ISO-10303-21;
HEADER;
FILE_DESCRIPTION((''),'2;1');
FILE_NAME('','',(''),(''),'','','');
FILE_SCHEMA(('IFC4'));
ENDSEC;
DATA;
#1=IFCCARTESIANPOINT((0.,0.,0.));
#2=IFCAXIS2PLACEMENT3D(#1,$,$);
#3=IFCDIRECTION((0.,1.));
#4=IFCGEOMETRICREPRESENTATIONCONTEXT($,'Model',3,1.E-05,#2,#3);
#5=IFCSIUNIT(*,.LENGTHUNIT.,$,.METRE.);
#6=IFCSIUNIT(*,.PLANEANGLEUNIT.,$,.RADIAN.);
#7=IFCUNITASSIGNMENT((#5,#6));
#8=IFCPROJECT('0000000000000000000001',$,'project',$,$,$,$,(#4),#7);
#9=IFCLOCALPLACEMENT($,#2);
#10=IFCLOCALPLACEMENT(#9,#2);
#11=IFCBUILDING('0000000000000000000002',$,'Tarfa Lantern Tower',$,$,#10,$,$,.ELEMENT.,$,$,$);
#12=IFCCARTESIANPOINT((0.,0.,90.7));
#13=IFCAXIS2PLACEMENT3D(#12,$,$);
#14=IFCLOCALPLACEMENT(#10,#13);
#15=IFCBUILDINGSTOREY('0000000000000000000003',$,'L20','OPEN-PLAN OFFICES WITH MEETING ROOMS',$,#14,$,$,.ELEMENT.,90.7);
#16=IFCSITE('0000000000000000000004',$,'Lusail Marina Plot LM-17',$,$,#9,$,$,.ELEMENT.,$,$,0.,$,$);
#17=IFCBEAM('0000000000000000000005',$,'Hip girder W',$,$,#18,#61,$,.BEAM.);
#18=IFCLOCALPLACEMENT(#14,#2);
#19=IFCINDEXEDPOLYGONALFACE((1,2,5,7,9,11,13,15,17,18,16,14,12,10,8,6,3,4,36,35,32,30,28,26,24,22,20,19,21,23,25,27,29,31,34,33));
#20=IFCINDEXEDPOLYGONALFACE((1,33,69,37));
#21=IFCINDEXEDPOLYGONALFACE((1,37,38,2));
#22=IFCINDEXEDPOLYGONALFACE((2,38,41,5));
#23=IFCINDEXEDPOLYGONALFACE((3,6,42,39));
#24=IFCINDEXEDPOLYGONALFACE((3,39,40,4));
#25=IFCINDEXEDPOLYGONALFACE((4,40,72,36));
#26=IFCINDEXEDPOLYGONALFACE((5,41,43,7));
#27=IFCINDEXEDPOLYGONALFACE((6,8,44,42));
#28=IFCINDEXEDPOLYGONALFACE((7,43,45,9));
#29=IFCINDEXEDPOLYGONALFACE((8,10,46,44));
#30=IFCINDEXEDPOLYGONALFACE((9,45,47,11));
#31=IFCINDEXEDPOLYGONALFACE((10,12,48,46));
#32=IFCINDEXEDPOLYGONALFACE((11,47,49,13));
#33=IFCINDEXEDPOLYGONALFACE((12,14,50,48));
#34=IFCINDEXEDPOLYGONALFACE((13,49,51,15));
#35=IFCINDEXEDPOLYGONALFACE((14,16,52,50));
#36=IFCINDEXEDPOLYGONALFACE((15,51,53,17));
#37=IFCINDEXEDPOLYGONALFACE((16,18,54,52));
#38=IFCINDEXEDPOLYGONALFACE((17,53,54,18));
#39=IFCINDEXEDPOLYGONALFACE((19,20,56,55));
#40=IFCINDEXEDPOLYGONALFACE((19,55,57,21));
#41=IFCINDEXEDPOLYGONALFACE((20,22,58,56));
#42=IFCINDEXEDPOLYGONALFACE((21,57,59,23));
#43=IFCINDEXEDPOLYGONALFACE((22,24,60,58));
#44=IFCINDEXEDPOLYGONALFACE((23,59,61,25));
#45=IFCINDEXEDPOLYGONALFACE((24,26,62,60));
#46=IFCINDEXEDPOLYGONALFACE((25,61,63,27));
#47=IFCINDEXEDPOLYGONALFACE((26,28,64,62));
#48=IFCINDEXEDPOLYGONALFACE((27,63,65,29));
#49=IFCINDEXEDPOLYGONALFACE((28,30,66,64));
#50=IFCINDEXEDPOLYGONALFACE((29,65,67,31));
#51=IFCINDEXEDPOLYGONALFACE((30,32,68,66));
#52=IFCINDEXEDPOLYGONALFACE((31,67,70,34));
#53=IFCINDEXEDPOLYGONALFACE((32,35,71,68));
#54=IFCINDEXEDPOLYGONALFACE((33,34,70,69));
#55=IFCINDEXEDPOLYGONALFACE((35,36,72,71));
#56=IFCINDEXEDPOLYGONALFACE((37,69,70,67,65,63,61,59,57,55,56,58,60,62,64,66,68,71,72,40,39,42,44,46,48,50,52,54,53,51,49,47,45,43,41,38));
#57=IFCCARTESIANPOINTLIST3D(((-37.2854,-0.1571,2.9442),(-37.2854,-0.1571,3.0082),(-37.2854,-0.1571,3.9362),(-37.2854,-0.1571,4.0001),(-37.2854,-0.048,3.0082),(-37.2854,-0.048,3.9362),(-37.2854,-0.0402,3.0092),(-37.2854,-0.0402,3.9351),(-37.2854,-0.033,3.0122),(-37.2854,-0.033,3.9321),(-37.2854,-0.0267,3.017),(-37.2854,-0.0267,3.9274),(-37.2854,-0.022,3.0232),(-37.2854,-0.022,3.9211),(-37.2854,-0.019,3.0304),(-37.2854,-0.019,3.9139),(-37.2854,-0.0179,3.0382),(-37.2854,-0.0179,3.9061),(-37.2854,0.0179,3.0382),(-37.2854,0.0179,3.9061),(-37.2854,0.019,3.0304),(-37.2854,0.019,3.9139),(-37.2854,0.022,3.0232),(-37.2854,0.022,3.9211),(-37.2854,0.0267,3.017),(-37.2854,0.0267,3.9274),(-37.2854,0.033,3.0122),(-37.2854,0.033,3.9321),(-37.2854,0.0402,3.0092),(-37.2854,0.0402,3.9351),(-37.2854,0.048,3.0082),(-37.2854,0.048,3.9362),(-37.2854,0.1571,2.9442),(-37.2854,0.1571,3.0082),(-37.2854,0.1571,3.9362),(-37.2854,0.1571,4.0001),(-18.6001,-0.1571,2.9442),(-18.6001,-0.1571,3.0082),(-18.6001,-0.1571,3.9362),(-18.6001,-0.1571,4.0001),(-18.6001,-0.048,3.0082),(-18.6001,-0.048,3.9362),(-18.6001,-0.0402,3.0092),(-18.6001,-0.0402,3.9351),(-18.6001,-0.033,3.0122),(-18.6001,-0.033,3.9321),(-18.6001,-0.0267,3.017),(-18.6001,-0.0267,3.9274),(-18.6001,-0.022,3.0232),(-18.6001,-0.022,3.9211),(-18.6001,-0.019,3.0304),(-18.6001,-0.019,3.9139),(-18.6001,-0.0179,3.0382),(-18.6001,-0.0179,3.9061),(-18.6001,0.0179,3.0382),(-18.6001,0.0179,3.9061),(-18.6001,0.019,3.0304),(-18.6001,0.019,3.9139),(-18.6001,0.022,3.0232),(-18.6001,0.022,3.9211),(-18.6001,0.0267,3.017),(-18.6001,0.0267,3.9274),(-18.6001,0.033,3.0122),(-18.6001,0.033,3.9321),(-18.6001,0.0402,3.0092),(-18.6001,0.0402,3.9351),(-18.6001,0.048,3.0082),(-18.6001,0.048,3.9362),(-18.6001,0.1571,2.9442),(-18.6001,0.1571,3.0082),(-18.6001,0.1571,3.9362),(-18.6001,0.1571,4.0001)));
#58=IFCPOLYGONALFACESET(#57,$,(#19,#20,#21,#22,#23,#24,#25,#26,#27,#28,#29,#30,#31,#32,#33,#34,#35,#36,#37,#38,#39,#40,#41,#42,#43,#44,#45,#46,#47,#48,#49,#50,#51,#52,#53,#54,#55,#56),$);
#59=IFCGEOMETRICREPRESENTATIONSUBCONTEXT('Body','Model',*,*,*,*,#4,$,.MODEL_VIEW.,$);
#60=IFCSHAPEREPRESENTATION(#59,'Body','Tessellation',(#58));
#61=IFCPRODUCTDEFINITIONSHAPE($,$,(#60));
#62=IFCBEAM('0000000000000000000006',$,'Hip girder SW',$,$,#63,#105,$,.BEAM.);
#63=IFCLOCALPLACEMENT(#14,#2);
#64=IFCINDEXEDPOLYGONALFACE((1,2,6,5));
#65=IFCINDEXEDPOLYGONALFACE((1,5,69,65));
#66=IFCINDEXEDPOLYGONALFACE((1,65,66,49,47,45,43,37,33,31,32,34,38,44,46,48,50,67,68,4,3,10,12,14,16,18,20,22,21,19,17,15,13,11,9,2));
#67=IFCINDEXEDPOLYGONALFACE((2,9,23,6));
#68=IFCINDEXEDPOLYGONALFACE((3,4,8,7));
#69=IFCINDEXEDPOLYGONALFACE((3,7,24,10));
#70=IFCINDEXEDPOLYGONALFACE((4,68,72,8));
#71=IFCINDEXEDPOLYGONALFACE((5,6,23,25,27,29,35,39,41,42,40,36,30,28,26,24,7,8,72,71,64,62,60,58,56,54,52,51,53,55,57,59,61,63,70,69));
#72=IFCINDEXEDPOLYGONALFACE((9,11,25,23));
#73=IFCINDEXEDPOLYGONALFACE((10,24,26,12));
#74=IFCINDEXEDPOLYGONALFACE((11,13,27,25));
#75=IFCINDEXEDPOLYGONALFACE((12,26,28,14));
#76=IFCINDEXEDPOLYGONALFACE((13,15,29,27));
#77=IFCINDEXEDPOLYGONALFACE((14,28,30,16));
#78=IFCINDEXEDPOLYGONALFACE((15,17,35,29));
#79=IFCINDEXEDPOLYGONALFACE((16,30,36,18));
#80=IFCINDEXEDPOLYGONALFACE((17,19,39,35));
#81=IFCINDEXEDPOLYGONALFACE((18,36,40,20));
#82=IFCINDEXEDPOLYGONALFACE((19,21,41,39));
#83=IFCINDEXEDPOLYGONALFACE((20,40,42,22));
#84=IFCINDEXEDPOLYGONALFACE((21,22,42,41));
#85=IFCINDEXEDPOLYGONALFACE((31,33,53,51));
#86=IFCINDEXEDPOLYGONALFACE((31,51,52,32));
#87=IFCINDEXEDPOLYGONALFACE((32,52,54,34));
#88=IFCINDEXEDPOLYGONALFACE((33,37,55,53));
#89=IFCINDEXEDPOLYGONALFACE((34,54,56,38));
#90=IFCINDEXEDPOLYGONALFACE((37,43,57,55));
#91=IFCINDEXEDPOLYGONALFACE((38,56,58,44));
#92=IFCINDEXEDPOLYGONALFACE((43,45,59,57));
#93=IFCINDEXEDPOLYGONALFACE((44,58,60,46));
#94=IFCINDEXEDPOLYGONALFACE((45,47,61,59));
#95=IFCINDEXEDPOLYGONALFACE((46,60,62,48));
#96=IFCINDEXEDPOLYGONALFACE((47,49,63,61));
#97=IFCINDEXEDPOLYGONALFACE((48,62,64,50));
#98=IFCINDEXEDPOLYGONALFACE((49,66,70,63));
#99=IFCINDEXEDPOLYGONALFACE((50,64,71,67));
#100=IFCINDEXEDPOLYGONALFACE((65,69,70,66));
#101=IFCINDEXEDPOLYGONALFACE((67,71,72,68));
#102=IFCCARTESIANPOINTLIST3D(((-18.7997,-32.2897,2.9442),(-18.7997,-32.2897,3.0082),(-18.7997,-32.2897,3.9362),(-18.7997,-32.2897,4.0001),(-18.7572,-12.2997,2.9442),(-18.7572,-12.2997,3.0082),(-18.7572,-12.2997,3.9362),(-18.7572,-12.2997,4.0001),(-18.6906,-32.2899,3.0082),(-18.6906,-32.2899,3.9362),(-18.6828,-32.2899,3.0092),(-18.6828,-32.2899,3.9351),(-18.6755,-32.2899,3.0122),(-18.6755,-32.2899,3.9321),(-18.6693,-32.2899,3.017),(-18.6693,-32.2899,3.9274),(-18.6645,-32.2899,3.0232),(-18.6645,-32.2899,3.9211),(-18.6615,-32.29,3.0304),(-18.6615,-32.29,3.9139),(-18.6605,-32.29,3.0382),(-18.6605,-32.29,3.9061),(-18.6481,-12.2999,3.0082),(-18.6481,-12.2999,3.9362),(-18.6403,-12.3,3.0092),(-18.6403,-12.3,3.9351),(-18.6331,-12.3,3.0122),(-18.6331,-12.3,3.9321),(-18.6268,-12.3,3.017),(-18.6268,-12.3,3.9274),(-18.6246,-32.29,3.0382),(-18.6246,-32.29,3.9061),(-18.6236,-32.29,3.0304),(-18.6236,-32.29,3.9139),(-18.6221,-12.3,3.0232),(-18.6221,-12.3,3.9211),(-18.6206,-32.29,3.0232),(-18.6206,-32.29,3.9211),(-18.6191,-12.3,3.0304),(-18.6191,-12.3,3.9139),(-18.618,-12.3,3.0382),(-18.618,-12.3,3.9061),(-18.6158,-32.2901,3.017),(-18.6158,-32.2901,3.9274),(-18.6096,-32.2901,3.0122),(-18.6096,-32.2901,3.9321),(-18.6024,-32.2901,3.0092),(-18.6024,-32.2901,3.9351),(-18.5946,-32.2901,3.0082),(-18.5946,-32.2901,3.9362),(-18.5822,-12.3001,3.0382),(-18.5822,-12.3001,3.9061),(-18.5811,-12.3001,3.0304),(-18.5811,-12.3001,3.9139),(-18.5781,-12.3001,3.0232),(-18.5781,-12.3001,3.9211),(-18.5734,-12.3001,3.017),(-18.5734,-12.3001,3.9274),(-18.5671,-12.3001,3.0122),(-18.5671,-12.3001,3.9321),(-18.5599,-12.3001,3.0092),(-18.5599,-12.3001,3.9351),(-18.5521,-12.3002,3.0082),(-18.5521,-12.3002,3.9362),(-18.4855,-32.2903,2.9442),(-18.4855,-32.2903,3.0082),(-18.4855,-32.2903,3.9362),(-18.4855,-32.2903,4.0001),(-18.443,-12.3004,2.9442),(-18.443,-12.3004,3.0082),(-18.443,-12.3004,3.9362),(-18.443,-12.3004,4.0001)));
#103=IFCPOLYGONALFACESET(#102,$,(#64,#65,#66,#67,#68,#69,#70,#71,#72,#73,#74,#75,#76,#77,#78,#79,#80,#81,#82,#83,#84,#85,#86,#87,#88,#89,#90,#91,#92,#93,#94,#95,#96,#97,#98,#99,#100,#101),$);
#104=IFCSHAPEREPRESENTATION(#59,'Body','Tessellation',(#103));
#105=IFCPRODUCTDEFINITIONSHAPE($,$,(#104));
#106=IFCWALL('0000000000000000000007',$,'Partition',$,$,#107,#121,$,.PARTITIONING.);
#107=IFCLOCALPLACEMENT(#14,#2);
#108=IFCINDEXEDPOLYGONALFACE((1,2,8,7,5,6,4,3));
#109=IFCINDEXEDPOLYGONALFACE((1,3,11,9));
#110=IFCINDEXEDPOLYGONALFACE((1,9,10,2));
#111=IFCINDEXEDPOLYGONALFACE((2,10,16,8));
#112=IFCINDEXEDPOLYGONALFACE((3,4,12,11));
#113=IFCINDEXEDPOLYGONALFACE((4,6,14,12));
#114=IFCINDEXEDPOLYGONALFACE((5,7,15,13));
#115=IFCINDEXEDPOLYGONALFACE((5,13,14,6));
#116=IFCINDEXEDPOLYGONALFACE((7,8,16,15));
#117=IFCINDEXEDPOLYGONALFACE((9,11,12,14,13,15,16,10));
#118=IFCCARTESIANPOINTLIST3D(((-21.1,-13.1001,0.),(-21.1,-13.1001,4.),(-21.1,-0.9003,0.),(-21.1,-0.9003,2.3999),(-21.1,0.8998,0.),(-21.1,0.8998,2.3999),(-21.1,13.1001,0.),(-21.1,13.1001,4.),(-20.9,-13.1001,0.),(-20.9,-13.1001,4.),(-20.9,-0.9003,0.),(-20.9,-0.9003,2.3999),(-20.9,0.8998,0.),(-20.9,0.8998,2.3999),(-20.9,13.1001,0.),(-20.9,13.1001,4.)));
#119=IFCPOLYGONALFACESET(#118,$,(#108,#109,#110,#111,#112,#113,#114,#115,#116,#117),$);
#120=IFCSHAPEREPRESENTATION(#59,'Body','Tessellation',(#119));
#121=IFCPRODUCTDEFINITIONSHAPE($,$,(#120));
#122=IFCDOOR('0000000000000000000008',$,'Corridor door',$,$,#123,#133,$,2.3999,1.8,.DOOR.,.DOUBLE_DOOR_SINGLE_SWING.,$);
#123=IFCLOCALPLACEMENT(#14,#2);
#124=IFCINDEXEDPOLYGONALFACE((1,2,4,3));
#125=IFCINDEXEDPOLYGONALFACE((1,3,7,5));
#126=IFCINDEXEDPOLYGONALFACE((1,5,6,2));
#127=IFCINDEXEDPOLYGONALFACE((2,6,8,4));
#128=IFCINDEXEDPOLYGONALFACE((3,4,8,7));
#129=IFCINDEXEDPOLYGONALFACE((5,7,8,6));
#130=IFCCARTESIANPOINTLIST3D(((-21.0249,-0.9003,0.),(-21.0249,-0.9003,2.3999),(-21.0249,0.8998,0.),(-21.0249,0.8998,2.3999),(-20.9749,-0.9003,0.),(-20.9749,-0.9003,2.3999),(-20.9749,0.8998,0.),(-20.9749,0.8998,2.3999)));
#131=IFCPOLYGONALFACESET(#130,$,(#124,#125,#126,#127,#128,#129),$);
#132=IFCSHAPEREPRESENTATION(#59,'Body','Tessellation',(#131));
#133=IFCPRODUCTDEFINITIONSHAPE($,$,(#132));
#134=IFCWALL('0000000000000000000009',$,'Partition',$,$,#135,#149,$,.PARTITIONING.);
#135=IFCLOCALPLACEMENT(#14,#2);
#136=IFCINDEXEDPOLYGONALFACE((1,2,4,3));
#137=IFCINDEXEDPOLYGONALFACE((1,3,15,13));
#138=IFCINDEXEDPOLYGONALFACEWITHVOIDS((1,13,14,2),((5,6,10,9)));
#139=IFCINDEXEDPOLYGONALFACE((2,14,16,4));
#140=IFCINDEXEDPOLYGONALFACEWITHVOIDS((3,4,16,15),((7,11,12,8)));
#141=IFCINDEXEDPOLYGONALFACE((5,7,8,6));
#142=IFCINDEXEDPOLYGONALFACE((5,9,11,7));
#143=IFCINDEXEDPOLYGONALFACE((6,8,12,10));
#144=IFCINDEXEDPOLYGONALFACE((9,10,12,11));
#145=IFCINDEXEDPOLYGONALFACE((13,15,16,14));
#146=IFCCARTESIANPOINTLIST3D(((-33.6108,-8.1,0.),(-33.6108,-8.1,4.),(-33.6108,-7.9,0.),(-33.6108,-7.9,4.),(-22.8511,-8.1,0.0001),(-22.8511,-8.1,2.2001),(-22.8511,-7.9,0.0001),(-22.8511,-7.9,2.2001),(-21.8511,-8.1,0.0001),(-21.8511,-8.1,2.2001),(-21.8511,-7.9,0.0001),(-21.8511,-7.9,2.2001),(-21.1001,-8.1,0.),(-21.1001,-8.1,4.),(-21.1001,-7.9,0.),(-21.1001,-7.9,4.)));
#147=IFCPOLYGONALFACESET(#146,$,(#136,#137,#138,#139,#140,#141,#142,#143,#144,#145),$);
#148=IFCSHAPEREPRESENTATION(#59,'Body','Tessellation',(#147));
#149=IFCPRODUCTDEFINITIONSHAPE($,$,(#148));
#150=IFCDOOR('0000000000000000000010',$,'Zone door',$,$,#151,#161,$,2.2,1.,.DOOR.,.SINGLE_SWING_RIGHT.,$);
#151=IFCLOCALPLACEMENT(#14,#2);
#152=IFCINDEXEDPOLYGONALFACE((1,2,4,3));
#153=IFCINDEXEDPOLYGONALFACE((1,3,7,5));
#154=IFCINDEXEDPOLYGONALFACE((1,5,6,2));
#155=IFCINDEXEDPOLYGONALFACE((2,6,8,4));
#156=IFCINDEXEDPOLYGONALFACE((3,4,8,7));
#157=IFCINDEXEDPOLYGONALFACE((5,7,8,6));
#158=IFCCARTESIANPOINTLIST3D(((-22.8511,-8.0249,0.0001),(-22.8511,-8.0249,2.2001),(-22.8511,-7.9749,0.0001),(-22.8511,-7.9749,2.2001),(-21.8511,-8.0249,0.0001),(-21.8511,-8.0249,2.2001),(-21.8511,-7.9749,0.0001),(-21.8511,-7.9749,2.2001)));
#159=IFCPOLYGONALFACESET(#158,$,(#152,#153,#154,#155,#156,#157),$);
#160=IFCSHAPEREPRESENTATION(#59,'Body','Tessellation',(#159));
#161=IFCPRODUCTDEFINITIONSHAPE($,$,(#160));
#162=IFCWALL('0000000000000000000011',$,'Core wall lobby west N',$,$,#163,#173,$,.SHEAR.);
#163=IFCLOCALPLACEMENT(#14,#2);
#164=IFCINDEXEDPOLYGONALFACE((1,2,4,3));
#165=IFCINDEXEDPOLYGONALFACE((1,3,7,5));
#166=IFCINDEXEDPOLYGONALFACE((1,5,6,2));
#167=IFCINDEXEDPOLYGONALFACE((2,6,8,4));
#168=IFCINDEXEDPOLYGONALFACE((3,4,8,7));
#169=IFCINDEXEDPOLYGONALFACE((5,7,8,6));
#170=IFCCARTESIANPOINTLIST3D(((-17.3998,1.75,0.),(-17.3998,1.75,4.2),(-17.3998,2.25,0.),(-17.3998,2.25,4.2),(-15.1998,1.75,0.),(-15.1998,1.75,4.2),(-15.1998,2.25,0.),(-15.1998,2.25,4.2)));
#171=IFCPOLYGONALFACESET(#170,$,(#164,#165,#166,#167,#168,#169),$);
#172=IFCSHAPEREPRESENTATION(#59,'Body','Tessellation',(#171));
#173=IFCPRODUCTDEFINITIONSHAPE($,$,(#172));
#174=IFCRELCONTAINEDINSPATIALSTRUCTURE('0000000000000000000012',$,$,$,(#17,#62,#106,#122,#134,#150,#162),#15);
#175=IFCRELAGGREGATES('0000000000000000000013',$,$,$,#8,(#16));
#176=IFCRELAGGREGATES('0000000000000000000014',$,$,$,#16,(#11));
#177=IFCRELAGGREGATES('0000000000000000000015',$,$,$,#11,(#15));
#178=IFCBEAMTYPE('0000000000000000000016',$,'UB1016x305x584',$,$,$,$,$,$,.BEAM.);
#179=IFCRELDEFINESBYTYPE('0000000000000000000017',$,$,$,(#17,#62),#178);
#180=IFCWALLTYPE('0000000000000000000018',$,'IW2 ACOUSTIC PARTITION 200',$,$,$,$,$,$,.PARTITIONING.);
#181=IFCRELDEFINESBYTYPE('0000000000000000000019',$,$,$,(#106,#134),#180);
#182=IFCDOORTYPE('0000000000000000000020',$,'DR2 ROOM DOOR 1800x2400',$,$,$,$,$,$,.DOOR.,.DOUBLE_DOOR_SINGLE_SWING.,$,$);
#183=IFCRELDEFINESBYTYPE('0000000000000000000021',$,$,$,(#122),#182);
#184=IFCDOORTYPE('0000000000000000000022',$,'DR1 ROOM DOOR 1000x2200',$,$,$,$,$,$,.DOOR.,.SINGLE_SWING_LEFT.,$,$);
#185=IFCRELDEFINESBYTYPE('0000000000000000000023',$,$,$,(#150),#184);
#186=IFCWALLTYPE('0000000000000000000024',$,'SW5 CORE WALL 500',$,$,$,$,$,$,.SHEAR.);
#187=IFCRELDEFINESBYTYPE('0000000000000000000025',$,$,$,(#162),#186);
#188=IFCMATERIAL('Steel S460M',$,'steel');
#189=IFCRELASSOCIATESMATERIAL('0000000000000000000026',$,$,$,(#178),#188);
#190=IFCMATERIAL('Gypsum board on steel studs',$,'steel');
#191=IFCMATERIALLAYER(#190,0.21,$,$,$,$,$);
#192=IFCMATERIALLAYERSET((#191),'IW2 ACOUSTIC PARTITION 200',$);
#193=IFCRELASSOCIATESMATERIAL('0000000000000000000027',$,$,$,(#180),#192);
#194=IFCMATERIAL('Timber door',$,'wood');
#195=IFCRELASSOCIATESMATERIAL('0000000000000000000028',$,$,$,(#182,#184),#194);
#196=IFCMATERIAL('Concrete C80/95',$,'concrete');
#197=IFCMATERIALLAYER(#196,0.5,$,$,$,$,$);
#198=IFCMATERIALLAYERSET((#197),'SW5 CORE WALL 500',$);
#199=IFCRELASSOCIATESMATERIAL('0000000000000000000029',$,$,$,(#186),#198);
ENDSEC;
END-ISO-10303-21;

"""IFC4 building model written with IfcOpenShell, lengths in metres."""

from ifc_helpers import new_model, si_unit, direction, frame, frame_2d, origin, origin_2d, place, context, subcontext, project, spatial, rectangle, i_section, extrude, material, layer, layer_set, material_profile, profile_set, type_object, element, fill, save


model = new_model("IFC4")

# Units and contexts
model_context = context("Model", 3, precision=1e-05, world=origin(), true_north=direction((0.0, 1.0)))
body_context = subcontext(model_context, "Body", "Model", "MODEL_VIEW")
ifc_project = project(units=[si_unit("LENGTHUNIT", "METRE"), si_unit("PLANEANGLEUNIT", "RADIAN")], contexts=[model_context])

# Site, building, storey
site_placement = place(None, origin())
site = spatial("IfcSite", under=ifc_project, at=site_placement, Name="Lusail Marina Plot LM-17", CompositionType="ELEMENT", RefElevation=0.0)
building_placement = place(site_placement, origin())
building = spatial("IfcBuilding", under=site, at=building_placement, Name="Tarfa Lantern Tower", CompositionType="ELEMENT")
storey_placement = place(building_placement, frame((0.0, 0.0, 90.7)))
storey = spatial("IfcBuildingStorey", under=building, at=storey_placement, Name="L20", Description="OPEN-PLAN OFFICES WITH MEETING ROOMS", CompositionType="ELEMENT", Elevation=90.7)

# Beams
ifc_material_1 = material(Name="Steel S460M", Category="steel")
ifc_material_profile = material_profile(ifc_material_1, i_section(OverallWidth=0.3142, OverallDepth=1.0559, WebThickness=0.0359, FlangeThickness=0.064, FilletRadius=0.03, at=origin_2d()), Name="UB1016x305x584")
ifc_profile_set = profile_set([ifc_material_profile], Name="Steel S460M")
beam_type = type_object("IfcBeamType", Name="UB1016x305x584", PredefinedType="BEAM", material=ifc_profile_set)
beam_1_placement = place(storey_placement, frame((-18.6001, 0.0, 3.4722), z_axis=(-1.0, 0.0, 0.0), x_axis=(0.0, -1.0, 0.0)))
element("IfcBeam", 1, at=beam_1_placement, inside=storey, type_object=beam_type, Name="Hip girder W", PredefinedType="BEAM", context=body_context, shape_type="SweptSolid", body=[
    extrude(i_section(OverallWidth=0.3142, OverallDepth=1.0559, WebThickness=0.0359, FlangeThickness=0.064, FilletRadius=0.03, at=origin_2d()), origin(), (0.0, 0.0, 1.0), 18.6853),
])
beam_2_placement = place(storey_placement, frame((-18.6001, -12.3, 3.4722), z_axis=(-0.002125, -0.999998, 0.0), x_axis=(0.999998, -0.002125, 0.0)))
element("IfcBeam", 2, at=beam_2_placement, inside=storey, type_object=beam_type, Name="Hip girder SW", PredefinedType="BEAM", context=body_context, shape_type="SweptSolid", body=[
    extrude(i_section(OverallWidth=0.3142, OverallDepth=1.0559, WebThickness=0.0359, FlangeThickness=0.064, FilletRadius=0.03, at=origin_2d()), origin(), (0.0, 0.0, 1.0), 19.99),
])

# Walls, openings, doors
ifc_material_2 = material(Name="Gypsum board on steel studs", Category="steel")
ifc_layer_1 = layer(ifc_material_2, 0.21)
ifc_layer_set_1 = layer_set([ifc_layer_1], Name="IW2 ACOUSTIC PARTITION 200")
wall_type_1 = type_object("IfcWallType", Name="IW2 ACOUSTIC PARTITION 200", PredefinedType="PARTITIONING", material=ifc_layer_set_1)
wall_1_placement = place(storey_placement, frame((-21.0, -13.1001, 0.0), z_axis=(0.0, 0.0, 1.0), x_axis=(0.0, 1.0, 0.0)))
wall_1 = element("IfcWall", 3, at=wall_1_placement, inside=storey, type_object=wall_type_1, Name="Partition", PredefinedType="PARTITIONING", context=body_context, shape_type="SweptSolid", body=[
    extrude(rectangle(XDim=26.2002, YDim=0.2, at=frame_2d((13.1001, 0.0))), origin(), (0.0, 0.0, 1.0), 4.0),
])
opening_1_placement = place(wall_1_placement, frame((12.2, 0.0, 0.0)))
opening_1 = element("IfcOpeningElement", 4, at=opening_1_placement, cuts=wall_1, PredefinedType="OPENING", context=body_context, shape_type="SweptSolid", body=[
    extrude(rectangle(XDim=1.8, YDim=2.3999, at=frame_2d((0.8999, 1.2))), frame((0.0, 0.1099, 0.0), z_axis=(0.0, -1.0, 0.0), x_axis=(1.0, 0.0, 0.0)), (0.0, 0.0, 1.0), 0.22),
])
ifc_material_3 = material(Name="Timber door", Category="wood")
door_type_1 = type_object("IfcDoorType", Name="DR2 ROOM DOOR 1800x2400", OperationType="DOUBLE_DOOR_SINGLE_SWING", PredefinedType="DOOR", material=ifc_material_3)
door_1_placement = place(opening_1_placement, origin())
door_1 = element("IfcDoor", 5, at=door_1_placement, inside=storey, type_object=door_type_1, Name="Corridor door", OperationType="DOUBLE_DOOR_SINGLE_SWING", OverallHeight=2.3999, OverallWidth=1.8, PredefinedType="DOOR", context=body_context, shape_type="SweptSolid", body=[
    extrude(rectangle(XDim=1.8, YDim=2.3999, at=frame_2d((0.8999, 1.2))), frame((0.0, 0.0249, 0.0), z_axis=(0.0, -1.0, 0.0), x_axis=(1.0, 0.0, 0.0)), (0.0, 0.0, 1.0), 0.05),
])
fill(opening_1, door_1)
wall_2_placement = place(storey_placement, frame((-21.1001, -8.0, 0.0), z_axis=(0.0, 0.0, 1.0), x_axis=(-1.0, 0.0, 0.0)))
wall_2 = element("IfcWall", 6, at=wall_2_placement, inside=storey, type_object=wall_type_1, Name="Partition", PredefinedType="PARTITIONING", context=body_context, shape_type="SweptSolid", body=[
    extrude(rectangle(XDim=12.5107, YDim=0.2, at=frame_2d((6.2554, 0.0))), origin(), (0.0, 0.0, 1.0), 4.0),
])
opening_2_placement = place(wall_2_placement, frame((0.751, 0.0, 0.0)))
opening_2 = element("IfcOpeningElement", 7, at=opening_2_placement, cuts=wall_2, PredefinedType="OPENING", context=body_context, shape_type="SweptSolid", body=[
    extrude(rectangle(XDim=1.0, YDim=2.2, at=frame_2d((0.5, 1.1001))), frame((0.0, 0.1099, 0.0), z_axis=(0.0, -1.0, 0.0), x_axis=(1.0, 0.0, 0.0)), (0.0, 0.0, 1.0), 0.22),
])
door_type_2 = type_object("IfcDoorType", Name="DR1 ROOM DOOR 1000x2200", OperationType="SINGLE_SWING_LEFT", PredefinedType="DOOR", material=ifc_material_3)
door_2_placement = place(opening_2_placement, origin())
door_2 = element("IfcDoor", 8, at=door_2_placement, inside=storey, type_object=door_type_2, Name="Zone door", OperationType="SINGLE_SWING_RIGHT", OverallHeight=2.2, OverallWidth=1.0, PredefinedType="DOOR", context=body_context, shape_type="SweptSolid", body=[
    extrude(rectangle(XDim=1.0, YDim=2.2, at=frame_2d((0.5, 1.1001))), frame((0.0, 0.0249, 0.0), z_axis=(0.0, -1.0, 0.0), x_axis=(1.0, 0.0, 0.0)), (0.0, 0.0, 1.0), 0.05),
])
fill(opening_2, door_2)

# Wall
ifc_material_4 = material(Name="Concrete C80/95", Category="concrete")
ifc_layer_2 = layer(ifc_material_4, 0.5)
ifc_layer_set_2 = layer_set([ifc_layer_2], Name="SW5 CORE WALL 500")
wall_type_2 = type_object("IfcWallType", Name="SW5 CORE WALL 500", PredefinedType="SHEAR", material=ifc_layer_set_2)
wall_3_placement = place(storey_placement, frame((-17.3999, 2.0, 0.0), z_axis=(0.0, 0.0, 1.0), x_axis=(1.0, 0.0, 0.0)))
element("IfcWall", 9, at=wall_3_placement, inside=storey, type_object=wall_type_2, Name="Core wall lobby west N", PredefinedType="SHEAR", context=body_context, shape_type="SweptSolid", body=[
    extrude(rectangle(XDim=2.2, YDim=0.5, at=frame_2d((1.1001, 0.0))), origin(), (0.0, 0.0, 1.0), 4.2),
])

save(model, "model.ifc")
